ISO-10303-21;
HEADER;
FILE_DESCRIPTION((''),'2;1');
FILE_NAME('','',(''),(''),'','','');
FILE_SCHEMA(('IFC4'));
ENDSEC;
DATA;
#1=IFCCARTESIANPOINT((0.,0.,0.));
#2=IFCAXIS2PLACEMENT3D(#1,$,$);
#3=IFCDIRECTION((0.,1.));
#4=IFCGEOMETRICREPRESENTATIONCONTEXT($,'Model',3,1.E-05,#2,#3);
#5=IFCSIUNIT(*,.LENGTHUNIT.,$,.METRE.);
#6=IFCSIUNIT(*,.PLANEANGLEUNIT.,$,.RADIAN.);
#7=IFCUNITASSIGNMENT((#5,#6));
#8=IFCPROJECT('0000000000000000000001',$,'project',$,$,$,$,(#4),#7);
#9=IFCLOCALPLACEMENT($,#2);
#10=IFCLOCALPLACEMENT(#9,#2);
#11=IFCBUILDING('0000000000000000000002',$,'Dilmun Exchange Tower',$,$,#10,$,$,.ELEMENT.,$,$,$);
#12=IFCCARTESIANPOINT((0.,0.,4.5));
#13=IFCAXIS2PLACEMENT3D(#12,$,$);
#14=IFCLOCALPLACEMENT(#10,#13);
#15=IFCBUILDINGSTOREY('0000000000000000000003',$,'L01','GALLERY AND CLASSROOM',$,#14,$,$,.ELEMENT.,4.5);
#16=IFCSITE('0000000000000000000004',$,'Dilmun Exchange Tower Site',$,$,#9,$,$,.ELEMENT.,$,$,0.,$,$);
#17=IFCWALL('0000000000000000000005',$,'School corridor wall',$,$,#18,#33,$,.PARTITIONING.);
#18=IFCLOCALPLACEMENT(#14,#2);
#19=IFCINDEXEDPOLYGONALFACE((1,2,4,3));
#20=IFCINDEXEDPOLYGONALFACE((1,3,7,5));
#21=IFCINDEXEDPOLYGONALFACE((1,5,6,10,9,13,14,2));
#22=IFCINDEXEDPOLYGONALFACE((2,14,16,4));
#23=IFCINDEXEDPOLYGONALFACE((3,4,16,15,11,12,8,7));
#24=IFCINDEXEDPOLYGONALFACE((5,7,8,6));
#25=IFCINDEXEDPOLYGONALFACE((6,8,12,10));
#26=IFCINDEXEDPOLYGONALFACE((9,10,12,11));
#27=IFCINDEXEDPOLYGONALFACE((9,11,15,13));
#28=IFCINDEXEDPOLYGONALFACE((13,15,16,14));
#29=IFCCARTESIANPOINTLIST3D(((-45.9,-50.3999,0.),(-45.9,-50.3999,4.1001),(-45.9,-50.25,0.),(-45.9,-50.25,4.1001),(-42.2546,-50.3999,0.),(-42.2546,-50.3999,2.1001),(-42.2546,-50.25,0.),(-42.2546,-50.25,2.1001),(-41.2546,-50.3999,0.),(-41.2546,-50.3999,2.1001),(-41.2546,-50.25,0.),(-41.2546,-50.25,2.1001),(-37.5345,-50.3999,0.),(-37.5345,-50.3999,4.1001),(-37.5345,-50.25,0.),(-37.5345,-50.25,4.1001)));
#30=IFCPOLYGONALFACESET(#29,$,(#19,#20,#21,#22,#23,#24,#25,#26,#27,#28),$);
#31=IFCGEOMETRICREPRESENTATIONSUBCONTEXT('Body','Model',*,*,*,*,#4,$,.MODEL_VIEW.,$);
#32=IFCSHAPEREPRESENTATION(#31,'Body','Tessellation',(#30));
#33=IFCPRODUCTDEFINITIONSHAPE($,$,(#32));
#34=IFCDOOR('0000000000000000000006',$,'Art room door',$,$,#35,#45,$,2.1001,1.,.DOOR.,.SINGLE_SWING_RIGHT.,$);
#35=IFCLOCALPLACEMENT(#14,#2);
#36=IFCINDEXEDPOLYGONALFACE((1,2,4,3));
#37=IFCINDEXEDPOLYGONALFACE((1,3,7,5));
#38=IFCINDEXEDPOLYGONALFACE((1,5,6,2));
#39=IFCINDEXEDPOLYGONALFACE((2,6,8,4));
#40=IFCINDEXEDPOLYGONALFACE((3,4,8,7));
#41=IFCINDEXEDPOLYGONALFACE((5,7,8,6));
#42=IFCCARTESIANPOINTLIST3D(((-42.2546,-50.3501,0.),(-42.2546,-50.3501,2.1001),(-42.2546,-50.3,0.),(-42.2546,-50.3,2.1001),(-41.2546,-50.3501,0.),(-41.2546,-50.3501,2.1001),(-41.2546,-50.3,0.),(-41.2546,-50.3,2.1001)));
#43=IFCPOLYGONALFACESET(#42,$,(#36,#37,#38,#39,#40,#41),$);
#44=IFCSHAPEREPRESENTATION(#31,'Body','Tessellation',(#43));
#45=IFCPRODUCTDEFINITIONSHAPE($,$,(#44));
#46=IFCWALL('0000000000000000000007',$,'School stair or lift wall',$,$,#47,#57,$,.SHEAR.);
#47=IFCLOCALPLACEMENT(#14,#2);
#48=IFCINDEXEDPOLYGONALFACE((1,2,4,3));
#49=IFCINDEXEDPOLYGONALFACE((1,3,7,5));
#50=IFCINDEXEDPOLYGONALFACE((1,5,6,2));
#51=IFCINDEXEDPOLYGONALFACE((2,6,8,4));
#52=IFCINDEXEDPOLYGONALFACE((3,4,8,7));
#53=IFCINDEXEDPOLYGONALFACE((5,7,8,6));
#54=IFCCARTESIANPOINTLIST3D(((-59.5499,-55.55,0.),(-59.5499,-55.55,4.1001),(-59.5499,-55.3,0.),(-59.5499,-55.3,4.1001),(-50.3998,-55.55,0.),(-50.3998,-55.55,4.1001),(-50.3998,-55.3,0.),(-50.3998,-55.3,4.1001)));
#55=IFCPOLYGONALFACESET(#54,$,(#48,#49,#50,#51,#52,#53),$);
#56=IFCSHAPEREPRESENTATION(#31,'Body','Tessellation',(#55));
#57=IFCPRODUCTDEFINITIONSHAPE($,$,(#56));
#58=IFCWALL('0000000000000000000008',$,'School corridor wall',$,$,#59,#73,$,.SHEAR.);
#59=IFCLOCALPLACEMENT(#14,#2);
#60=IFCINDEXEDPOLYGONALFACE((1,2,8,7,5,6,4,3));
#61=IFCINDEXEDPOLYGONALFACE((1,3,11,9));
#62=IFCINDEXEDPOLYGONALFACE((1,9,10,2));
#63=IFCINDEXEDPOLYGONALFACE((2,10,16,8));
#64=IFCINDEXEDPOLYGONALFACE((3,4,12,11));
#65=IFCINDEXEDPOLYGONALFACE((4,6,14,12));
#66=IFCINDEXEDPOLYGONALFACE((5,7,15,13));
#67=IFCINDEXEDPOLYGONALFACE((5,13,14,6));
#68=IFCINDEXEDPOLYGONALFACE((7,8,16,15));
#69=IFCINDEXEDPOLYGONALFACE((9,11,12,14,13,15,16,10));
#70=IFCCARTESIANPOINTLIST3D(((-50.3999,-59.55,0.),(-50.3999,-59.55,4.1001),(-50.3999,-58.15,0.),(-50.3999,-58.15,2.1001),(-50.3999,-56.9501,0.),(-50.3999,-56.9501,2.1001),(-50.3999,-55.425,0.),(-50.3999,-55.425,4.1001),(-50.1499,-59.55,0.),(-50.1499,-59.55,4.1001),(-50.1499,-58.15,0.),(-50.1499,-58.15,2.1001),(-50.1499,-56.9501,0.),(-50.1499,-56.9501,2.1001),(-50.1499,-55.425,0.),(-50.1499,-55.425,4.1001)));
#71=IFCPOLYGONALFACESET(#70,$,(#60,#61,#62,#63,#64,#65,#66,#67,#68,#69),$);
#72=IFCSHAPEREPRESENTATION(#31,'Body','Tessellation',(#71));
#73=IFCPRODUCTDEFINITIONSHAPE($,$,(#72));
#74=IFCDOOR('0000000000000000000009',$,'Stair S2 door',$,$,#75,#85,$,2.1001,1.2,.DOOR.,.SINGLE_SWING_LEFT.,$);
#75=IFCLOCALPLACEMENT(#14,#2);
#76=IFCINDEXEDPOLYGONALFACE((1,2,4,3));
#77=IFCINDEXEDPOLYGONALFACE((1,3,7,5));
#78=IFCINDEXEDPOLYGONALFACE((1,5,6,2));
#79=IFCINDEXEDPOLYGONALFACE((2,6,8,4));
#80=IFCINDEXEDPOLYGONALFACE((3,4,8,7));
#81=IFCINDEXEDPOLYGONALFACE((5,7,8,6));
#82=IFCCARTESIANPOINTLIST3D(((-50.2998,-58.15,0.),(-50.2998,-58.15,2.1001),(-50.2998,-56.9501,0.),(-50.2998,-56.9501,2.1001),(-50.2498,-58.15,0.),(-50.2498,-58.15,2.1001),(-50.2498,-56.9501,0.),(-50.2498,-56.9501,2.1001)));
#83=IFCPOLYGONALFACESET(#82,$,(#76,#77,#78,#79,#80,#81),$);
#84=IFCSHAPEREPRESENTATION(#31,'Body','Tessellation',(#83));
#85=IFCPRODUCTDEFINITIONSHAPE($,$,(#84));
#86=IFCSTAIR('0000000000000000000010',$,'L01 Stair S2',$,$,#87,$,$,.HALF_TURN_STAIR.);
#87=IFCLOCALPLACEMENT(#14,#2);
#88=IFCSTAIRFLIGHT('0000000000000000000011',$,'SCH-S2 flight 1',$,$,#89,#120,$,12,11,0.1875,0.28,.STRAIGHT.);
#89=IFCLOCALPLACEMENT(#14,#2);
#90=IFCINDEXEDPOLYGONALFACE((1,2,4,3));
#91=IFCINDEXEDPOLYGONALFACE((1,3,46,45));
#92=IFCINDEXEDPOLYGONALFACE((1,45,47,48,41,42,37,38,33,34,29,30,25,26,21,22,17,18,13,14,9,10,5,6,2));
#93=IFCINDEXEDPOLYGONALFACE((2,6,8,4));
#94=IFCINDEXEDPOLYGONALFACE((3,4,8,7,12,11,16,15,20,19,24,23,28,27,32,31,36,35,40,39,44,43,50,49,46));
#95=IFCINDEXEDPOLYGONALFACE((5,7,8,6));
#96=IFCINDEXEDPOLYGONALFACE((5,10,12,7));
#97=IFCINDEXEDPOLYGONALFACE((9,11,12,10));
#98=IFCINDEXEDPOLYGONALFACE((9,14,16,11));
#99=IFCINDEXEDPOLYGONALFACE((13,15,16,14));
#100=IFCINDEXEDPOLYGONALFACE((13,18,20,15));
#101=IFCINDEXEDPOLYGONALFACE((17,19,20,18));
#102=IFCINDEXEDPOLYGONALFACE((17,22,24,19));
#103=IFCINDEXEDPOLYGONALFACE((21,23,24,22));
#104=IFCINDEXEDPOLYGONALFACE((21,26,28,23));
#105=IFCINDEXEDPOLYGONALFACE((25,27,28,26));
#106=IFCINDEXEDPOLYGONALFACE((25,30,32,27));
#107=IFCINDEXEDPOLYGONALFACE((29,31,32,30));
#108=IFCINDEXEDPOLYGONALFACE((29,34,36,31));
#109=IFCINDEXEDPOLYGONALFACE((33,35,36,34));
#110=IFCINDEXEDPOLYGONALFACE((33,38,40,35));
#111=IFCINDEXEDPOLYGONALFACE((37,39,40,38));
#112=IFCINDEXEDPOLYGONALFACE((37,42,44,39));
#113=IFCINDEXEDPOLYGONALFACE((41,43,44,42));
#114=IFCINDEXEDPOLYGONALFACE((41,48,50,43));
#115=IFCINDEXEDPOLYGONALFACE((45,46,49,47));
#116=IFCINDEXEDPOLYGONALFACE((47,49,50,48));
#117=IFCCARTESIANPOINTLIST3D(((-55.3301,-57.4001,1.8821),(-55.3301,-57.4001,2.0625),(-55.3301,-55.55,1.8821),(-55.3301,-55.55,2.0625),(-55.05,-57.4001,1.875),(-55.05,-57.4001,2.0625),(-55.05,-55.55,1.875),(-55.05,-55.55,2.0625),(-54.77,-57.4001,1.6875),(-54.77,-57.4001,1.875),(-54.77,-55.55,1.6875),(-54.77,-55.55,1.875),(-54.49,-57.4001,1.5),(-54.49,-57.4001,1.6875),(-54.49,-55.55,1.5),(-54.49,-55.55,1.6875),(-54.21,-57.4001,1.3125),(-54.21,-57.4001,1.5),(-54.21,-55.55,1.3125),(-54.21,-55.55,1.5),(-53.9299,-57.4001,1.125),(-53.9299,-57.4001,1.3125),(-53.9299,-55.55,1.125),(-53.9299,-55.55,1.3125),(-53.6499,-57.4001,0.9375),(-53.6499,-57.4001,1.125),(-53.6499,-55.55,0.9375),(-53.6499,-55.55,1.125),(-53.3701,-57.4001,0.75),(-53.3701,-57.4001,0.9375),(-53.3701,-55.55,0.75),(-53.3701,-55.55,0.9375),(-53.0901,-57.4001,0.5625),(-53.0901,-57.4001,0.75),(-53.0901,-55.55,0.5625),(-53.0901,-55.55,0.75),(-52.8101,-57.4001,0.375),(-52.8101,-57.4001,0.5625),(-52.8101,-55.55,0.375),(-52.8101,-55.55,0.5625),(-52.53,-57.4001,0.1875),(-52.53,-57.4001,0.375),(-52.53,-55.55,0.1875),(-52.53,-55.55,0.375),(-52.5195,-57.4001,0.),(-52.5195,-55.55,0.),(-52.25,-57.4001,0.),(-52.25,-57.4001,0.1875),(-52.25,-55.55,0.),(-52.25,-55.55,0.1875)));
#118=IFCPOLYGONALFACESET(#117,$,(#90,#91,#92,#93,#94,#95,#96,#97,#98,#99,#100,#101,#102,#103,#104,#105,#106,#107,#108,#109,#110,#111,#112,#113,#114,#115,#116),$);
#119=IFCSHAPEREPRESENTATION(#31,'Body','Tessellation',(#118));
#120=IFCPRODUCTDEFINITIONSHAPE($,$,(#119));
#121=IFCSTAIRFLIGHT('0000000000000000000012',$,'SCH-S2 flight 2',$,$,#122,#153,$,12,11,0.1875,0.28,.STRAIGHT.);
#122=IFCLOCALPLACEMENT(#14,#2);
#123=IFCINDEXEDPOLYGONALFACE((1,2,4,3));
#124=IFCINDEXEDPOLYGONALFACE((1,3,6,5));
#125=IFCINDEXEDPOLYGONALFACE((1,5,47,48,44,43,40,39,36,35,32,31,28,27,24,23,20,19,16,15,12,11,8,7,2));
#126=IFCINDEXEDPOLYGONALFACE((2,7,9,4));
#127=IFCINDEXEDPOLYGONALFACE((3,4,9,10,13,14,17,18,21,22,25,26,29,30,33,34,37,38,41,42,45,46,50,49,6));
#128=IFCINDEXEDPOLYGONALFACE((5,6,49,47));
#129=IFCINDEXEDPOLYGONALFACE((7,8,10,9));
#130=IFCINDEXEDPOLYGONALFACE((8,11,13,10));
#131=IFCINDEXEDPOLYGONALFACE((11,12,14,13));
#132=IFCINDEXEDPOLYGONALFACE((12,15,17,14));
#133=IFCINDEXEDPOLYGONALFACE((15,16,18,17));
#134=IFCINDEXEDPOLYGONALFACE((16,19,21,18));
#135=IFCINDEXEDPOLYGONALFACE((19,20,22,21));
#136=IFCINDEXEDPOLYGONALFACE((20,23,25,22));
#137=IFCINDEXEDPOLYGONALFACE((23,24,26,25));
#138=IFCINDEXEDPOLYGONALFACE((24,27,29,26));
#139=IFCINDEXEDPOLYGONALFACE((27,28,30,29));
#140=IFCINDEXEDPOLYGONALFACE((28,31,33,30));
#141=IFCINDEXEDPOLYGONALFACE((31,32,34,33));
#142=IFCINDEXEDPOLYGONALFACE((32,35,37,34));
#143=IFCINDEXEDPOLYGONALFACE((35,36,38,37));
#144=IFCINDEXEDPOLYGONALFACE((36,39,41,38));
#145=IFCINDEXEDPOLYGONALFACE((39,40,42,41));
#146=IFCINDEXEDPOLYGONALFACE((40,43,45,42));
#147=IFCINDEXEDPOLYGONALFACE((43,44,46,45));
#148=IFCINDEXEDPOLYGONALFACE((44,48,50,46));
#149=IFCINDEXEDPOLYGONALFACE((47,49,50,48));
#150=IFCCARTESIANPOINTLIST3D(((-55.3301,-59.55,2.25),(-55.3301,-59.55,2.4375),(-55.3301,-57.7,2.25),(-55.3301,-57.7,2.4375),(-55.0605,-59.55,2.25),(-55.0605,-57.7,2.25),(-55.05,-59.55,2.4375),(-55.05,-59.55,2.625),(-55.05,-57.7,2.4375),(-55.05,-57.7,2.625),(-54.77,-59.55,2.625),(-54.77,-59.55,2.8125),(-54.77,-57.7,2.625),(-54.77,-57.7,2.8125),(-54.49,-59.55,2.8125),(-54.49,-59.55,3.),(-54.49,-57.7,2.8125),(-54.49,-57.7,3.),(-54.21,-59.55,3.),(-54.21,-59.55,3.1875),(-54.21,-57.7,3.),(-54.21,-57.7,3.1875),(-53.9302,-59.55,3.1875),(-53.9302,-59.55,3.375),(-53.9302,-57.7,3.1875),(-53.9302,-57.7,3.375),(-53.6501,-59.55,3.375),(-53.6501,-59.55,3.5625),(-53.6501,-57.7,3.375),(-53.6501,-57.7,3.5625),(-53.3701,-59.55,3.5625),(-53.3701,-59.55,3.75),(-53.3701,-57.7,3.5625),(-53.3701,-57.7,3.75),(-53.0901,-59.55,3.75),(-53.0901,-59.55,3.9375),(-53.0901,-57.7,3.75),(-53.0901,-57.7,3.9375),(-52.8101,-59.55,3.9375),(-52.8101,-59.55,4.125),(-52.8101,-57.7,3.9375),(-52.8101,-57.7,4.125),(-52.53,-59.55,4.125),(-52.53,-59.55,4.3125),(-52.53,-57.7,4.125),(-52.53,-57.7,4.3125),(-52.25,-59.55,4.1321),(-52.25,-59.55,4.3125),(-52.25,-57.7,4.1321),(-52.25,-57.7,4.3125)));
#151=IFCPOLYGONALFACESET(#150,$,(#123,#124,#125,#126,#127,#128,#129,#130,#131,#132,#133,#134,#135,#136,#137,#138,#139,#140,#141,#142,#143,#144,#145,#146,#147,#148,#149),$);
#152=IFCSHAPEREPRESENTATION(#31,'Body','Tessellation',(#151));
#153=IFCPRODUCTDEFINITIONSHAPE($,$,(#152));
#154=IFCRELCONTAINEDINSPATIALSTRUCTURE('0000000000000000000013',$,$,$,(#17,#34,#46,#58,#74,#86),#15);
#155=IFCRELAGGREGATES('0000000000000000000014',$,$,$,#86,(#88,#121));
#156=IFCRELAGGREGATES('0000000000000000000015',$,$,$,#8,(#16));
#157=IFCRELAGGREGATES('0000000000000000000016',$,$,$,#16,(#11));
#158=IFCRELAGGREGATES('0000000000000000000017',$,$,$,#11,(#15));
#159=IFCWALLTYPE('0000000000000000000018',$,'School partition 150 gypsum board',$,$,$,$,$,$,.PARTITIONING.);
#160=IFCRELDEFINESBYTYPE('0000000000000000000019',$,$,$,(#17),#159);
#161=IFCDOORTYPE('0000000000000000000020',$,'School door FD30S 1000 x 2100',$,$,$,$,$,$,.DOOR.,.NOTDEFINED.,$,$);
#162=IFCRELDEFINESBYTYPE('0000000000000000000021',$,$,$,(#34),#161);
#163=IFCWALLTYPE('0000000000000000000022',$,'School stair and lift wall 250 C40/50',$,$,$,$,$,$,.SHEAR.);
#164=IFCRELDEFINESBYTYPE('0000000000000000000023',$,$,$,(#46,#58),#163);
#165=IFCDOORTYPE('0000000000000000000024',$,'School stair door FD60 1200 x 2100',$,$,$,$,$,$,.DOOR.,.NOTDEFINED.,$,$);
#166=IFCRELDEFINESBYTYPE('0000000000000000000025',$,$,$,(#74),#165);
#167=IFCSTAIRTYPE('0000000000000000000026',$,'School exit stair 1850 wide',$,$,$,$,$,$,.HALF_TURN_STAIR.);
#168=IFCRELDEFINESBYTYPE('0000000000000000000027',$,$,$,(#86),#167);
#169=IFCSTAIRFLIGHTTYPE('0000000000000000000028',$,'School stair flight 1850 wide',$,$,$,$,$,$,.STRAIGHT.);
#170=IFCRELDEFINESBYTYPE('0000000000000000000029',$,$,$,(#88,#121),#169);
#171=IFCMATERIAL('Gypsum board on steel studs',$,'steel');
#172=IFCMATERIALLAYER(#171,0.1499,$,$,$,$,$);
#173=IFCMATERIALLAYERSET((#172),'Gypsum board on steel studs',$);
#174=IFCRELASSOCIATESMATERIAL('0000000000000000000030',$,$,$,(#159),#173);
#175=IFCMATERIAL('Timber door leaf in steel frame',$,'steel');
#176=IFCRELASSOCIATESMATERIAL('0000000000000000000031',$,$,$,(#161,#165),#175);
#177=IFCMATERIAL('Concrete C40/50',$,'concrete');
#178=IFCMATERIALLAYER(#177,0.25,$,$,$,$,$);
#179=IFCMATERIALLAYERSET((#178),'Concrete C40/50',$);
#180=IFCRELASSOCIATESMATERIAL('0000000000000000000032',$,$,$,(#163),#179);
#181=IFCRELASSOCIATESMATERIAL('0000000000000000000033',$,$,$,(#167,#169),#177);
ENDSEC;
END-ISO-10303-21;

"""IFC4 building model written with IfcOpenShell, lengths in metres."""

from ifc_helpers import new_model, si_unit, direction, frame, frame_2d, origin, place, context, subcontext, project, spatial, polyline, rectangle, outline, extrude, material, layer, layer_set, type_object, element, fill, aggregate, save


model = new_model("IFC4")

# Units and contexts
model_context = context("Model", 3, precision=1e-05, world=origin(), true_north=direction((0.0, 1.0)))
body_context = subcontext(model_context, "Body", "Model", "MODEL_VIEW")
ifc_project = project(units=[si_unit("LENGTHUNIT", "METRE"), si_unit("PLANEANGLEUNIT", "RADIAN")], contexts=[model_context])

# Site, building, storey
site_placement = place(None, origin())
site = spatial("IfcSite", under=ifc_project, at=site_placement, Name="Dilmun Exchange Tower Site", CompositionType="ELEMENT", RefElevation=0.0)
building_placement = place(site_placement, origin())
building = spatial("IfcBuilding", under=site, at=building_placement, Name="Dilmun Exchange Tower", CompositionType="ELEMENT")
storey_placement = place(building_placement, frame((0.0, 0.0, 4.5)))
storey = spatial("IfcBuildingStorey", under=building, at=storey_placement, Name="L01", Description="GALLERY AND CLASSROOM", CompositionType="ELEMENT", Elevation=4.5)

# Shared definitions
ifc_material_1 = material(Name="Concrete C40/50", Category="concrete")

# Shared definitions
ifc_material_2 = material(Name="Gypsum board on steel studs", Category="steel")
ifc_layer_1 = layer(ifc_material_2, 0.1499)
ifc_layer_set_1 = layer_set([ifc_layer_1], Name="Gypsum board on steel studs")
wall_type_1 = type_object("IfcWallType", Name="School partition 150 gypsum board", PredefinedType="PARTITIONING", material=ifc_layer_set_1)

# Wall, opening, door
ifc_material_3 = material(Name="Timber door leaf in steel frame", Category="steel")
door_type_1 = type_object("IfcDoorType", Name="School door FD30S 1000 x 2100", OperationType="NOTDEFINED", PredefinedType="DOOR", material=ifc_material_3)
wall_1_placement = place(storey_placement, frame((-45.8999, -50.325, 0.0), z_axis=(0.0, 0.0, 1.0), x_axis=(1.0, 0.0, 0.0)))
wall_1 = element("IfcWall", 1, at=wall_1_placement, inside=storey, type_object=wall_type_1, Name="School corridor wall", PredefinedType="PARTITIONING", context=body_context, shape_type="SweptSolid", body=[
    extrude(rectangle(XDim=8.3655, YDim=0.1499, at=frame_2d((4.1826, 0.0))), origin(), (0.0, 0.0, 1.0), 4.1001),
])
opening_1_placement = place(wall_1_placement, frame((3.6453, 0.0, 0.0)))
opening_1 = element("IfcOpeningElement", 2, at=opening_1_placement, cuts=wall_1, PredefinedType="OPENING", context=body_context, shape_type="SweptSolid", body=[
    extrude(rectangle(XDim=1.0, YDim=2.1001, at=frame_2d((0.5, 1.05))), frame((0.0, 0.085, 0.0), z_axis=(0.0, -1.0, 0.0), x_axis=(1.0, 0.0, 0.0)), (0.0, 0.0, 1.0), 0.1699),
])
door_1_placement = place(opening_1_placement, origin())
door_1 = element("IfcDoor", 3, at=door_1_placement, inside=storey, type_object=door_type_1, Name="Art room door", OperationType="SINGLE_SWING_RIGHT", OverallHeight=2.1001, OverallWidth=1.0, PredefinedType="DOOR", context=body_context, shape_type="SweptSolid", body=[
    extrude(rectangle(XDim=1.0, YDim=2.1001, at=frame_2d((0.5, 1.05))), frame((0.0, 0.0249, 0.0), z_axis=(0.0, -1.0, 0.0), x_axis=(1.0, 0.0, 0.0)), (0.0, 0.0, 1.0), 0.05),
])
fill(opening_1, door_1)

# Wall
ifc_layer_2 = layer(ifc_material_1, 0.25)
ifc_layer_set_2 = layer_set([ifc_layer_2], Name="Concrete C40/50")
wall_type_2 = type_object("IfcWallType", Name="School stair and lift wall 250 C40/50", PredefinedType="SHEAR", material=ifc_layer_set_2)
wall_2_placement = place(storey_placement, frame((-59.55, -55.425, 0.0), z_axis=(0.0, 0.0, 1.0), x_axis=(1.0, 0.0, 0.0)))
element("IfcWall", 4, at=wall_2_placement, inside=storey, type_object=wall_type_2, Name="School stair or lift wall", PredefinedType="SHEAR", context=body_context, shape_type="SweptSolid", body=[
    extrude(rectangle(XDim=9.1501, YDim=0.25, at=frame_2d((4.5752, 0.0))), origin(), (0.0, 0.0, 1.0), 4.1001),
])

# Wall, opening, door
wall_3_placement = place(storey_placement, frame((-50.2749, -59.55, 0.0), z_axis=(0.0, 0.0, 1.0), x_axis=(0.0, 1.0, 0.0)))
wall_3 = element("IfcWall", 5, at=wall_3_placement, inside=storey, type_object=wall_type_2, Name="School corridor wall", PredefinedType="SHEAR", context=body_context, shape_type="SweptSolid", body=[
    extrude(rectangle(XDim=4.125, YDim=0.25, at=frame_2d((2.0625, 0.0))), origin(), (0.0, 0.0, 1.0), 4.1001),
])
opening_2_placement = place(wall_3_placement, frame((1.3999, 0.0, 0.0)))
opening_2 = element("IfcOpeningElement", 6, at=opening_2_placement, cuts=wall_3, PredefinedType="OPENING", context=body_context, shape_type="SweptSolid", body=[
    extrude(rectangle(XDim=1.2, YDim=2.1001, at=frame_2d((0.6001, 1.05))), frame((0.0, 0.135, 0.0), z_axis=(0.0, -1.0, 0.0), x_axis=(1.0, 0.0, 0.0)), (0.0, 0.0, 1.0), 0.27),
])
door_type_2 = type_object("IfcDoorType", Name="School stair door FD60 1200 x 2100", OperationType="NOTDEFINED", PredefinedType="DOOR", material=ifc_material_3)
door_2_placement = place(opening_2_placement, origin())
door_2 = element("IfcDoor", 7, at=door_2_placement, inside=storey, type_object=door_type_2, Name="Stair S2 door", OperationType="SINGLE_SWING_LEFT", OverallHeight=2.1001, OverallWidth=1.2, PredefinedType="DOOR", context=body_context, shape_type="SweptSolid", body=[
    extrude(rectangle(XDim=1.2, YDim=2.1001, at=frame_2d((0.6001, 1.05))), frame((0.0, 0.0249, 0.0), z_axis=(0.0, -1.0, 0.0), x_axis=(1.0, 0.0, 0.0)), (0.0, 0.0, 1.0), 0.05),
])
fill(opening_2, door_2)

# Stair, stair flights
stair_type = type_object("IfcStairType", Name="School exit stair 1850 wide", PredefinedType="HALF_TURN_STAIR", material=ifc_material_1)
stair_placement = place(storey_placement, origin())
stair = element("IfcStair", 8, at=stair_placement, inside=storey, type_object=stair_type, Name="L01 Stair S2", PredefinedType="HALF_TURN_STAIR")
stair_flight_type = type_object("IfcStairFlightType", Name="School stair flight 1850 wide", PredefinedType="STRAIGHT", material=ifc_material_1)
stair_flight_1_placement = place(storey_placement, frame((-52.25, -56.4751, 0.0), z_axis=(0.0, 0.0, 1.0), x_axis=(-1.0, 0.0, 0.0)))
stair_flight_1 = element("IfcStairFlight", 9, at=stair_flight_1_placement, type_object=stair_flight_type, Name="SCH-S2 flight 1", NumberOfRisers=12, NumberOfTreads=11, PredefinedType="STRAIGHT", RiserHeight=0.1875, TreadLength=0.28, context=body_context, shape_type="SweptSolid", body=[
    extrude(outline(polyline([(0.0, 0.0), (0.0, 0.1875), (0.28, 0.1875), (0.28, 0.375), (0.5601, 0.375), (0.5601, 0.5625), (0.8401, 0.5625), (0.8401, 0.75), (1.1201, 0.75), (1.1201, 0.9375), (1.3999, 0.9375), (1.3999, 1.125), (1.6799, 1.125), (1.6799, 1.3125), (1.96, 1.3125), (1.96, 1.5), (2.24, 1.5), (2.24, 1.6875), (2.52, 1.6875), (2.52, 1.875), (2.8, 1.875), (2.8, 2.0625), (3.0801, 2.0625), (3.0801, 2.25), (3.0801, 1.8821), (0.2695, 0.0), (0.0, 0.0)])), frame((0.0, 0.925, 0.0), z_axis=(0.0, -1.0, 0.0), x_axis=(1.0, 0.0, 0.0)), (0.0, 0.0, 1.0), 1.8501),
])
stair_flight_2_placement = place(storey_placement, frame((-55.3301, -58.625, 2.25), z_axis=(0.0, 0.0, 1.0), x_axis=(1.0, 0.0, 0.0)))
stair_flight_2 = element("IfcStairFlight", 10, at=stair_flight_2_placement, type_object=stair_flight_type, Name="SCH-S2 flight 2", NumberOfRisers=12, NumberOfTreads=11, PredefinedType="STRAIGHT", RiserHeight=0.1875, TreadLength=0.28, context=body_context, shape_type="SweptSolid", body=[
    extrude(outline(polyline([(0.0, 0.0), (0.0, 0.1875), (0.28, 0.1875), (0.28, 0.375), (0.5601, 0.375), (0.5601, 0.5625), (0.8401, 0.5625), (0.8401, 0.75), (1.1201, 0.75), (1.1201, 0.9375), (1.3999, 0.9375), (1.3999, 1.125), (1.6799, 1.125), (1.6799, 1.3125), (1.96, 1.3125), (1.96, 1.5), (2.24, 1.5), (2.24, 1.6875), (2.52, 1.6875), (2.52, 1.875), (2.8, 1.875), (2.8, 2.0625), (3.0801, 2.0625), (3.0801, 2.25), (3.0801, 1.8821), (0.2695, 0.0), (0.0, 0.0)])), frame((0.0, 0.925, 0.0), z_axis=(0.0, -1.0, 0.0), x_axis=(1.0, 0.0, 0.0)), (0.0, 0.0, 1.0), 1.8501),
])
aggregate(stair, [stair_flight_1, stair_flight_2])

save(model, "model.ifc")
